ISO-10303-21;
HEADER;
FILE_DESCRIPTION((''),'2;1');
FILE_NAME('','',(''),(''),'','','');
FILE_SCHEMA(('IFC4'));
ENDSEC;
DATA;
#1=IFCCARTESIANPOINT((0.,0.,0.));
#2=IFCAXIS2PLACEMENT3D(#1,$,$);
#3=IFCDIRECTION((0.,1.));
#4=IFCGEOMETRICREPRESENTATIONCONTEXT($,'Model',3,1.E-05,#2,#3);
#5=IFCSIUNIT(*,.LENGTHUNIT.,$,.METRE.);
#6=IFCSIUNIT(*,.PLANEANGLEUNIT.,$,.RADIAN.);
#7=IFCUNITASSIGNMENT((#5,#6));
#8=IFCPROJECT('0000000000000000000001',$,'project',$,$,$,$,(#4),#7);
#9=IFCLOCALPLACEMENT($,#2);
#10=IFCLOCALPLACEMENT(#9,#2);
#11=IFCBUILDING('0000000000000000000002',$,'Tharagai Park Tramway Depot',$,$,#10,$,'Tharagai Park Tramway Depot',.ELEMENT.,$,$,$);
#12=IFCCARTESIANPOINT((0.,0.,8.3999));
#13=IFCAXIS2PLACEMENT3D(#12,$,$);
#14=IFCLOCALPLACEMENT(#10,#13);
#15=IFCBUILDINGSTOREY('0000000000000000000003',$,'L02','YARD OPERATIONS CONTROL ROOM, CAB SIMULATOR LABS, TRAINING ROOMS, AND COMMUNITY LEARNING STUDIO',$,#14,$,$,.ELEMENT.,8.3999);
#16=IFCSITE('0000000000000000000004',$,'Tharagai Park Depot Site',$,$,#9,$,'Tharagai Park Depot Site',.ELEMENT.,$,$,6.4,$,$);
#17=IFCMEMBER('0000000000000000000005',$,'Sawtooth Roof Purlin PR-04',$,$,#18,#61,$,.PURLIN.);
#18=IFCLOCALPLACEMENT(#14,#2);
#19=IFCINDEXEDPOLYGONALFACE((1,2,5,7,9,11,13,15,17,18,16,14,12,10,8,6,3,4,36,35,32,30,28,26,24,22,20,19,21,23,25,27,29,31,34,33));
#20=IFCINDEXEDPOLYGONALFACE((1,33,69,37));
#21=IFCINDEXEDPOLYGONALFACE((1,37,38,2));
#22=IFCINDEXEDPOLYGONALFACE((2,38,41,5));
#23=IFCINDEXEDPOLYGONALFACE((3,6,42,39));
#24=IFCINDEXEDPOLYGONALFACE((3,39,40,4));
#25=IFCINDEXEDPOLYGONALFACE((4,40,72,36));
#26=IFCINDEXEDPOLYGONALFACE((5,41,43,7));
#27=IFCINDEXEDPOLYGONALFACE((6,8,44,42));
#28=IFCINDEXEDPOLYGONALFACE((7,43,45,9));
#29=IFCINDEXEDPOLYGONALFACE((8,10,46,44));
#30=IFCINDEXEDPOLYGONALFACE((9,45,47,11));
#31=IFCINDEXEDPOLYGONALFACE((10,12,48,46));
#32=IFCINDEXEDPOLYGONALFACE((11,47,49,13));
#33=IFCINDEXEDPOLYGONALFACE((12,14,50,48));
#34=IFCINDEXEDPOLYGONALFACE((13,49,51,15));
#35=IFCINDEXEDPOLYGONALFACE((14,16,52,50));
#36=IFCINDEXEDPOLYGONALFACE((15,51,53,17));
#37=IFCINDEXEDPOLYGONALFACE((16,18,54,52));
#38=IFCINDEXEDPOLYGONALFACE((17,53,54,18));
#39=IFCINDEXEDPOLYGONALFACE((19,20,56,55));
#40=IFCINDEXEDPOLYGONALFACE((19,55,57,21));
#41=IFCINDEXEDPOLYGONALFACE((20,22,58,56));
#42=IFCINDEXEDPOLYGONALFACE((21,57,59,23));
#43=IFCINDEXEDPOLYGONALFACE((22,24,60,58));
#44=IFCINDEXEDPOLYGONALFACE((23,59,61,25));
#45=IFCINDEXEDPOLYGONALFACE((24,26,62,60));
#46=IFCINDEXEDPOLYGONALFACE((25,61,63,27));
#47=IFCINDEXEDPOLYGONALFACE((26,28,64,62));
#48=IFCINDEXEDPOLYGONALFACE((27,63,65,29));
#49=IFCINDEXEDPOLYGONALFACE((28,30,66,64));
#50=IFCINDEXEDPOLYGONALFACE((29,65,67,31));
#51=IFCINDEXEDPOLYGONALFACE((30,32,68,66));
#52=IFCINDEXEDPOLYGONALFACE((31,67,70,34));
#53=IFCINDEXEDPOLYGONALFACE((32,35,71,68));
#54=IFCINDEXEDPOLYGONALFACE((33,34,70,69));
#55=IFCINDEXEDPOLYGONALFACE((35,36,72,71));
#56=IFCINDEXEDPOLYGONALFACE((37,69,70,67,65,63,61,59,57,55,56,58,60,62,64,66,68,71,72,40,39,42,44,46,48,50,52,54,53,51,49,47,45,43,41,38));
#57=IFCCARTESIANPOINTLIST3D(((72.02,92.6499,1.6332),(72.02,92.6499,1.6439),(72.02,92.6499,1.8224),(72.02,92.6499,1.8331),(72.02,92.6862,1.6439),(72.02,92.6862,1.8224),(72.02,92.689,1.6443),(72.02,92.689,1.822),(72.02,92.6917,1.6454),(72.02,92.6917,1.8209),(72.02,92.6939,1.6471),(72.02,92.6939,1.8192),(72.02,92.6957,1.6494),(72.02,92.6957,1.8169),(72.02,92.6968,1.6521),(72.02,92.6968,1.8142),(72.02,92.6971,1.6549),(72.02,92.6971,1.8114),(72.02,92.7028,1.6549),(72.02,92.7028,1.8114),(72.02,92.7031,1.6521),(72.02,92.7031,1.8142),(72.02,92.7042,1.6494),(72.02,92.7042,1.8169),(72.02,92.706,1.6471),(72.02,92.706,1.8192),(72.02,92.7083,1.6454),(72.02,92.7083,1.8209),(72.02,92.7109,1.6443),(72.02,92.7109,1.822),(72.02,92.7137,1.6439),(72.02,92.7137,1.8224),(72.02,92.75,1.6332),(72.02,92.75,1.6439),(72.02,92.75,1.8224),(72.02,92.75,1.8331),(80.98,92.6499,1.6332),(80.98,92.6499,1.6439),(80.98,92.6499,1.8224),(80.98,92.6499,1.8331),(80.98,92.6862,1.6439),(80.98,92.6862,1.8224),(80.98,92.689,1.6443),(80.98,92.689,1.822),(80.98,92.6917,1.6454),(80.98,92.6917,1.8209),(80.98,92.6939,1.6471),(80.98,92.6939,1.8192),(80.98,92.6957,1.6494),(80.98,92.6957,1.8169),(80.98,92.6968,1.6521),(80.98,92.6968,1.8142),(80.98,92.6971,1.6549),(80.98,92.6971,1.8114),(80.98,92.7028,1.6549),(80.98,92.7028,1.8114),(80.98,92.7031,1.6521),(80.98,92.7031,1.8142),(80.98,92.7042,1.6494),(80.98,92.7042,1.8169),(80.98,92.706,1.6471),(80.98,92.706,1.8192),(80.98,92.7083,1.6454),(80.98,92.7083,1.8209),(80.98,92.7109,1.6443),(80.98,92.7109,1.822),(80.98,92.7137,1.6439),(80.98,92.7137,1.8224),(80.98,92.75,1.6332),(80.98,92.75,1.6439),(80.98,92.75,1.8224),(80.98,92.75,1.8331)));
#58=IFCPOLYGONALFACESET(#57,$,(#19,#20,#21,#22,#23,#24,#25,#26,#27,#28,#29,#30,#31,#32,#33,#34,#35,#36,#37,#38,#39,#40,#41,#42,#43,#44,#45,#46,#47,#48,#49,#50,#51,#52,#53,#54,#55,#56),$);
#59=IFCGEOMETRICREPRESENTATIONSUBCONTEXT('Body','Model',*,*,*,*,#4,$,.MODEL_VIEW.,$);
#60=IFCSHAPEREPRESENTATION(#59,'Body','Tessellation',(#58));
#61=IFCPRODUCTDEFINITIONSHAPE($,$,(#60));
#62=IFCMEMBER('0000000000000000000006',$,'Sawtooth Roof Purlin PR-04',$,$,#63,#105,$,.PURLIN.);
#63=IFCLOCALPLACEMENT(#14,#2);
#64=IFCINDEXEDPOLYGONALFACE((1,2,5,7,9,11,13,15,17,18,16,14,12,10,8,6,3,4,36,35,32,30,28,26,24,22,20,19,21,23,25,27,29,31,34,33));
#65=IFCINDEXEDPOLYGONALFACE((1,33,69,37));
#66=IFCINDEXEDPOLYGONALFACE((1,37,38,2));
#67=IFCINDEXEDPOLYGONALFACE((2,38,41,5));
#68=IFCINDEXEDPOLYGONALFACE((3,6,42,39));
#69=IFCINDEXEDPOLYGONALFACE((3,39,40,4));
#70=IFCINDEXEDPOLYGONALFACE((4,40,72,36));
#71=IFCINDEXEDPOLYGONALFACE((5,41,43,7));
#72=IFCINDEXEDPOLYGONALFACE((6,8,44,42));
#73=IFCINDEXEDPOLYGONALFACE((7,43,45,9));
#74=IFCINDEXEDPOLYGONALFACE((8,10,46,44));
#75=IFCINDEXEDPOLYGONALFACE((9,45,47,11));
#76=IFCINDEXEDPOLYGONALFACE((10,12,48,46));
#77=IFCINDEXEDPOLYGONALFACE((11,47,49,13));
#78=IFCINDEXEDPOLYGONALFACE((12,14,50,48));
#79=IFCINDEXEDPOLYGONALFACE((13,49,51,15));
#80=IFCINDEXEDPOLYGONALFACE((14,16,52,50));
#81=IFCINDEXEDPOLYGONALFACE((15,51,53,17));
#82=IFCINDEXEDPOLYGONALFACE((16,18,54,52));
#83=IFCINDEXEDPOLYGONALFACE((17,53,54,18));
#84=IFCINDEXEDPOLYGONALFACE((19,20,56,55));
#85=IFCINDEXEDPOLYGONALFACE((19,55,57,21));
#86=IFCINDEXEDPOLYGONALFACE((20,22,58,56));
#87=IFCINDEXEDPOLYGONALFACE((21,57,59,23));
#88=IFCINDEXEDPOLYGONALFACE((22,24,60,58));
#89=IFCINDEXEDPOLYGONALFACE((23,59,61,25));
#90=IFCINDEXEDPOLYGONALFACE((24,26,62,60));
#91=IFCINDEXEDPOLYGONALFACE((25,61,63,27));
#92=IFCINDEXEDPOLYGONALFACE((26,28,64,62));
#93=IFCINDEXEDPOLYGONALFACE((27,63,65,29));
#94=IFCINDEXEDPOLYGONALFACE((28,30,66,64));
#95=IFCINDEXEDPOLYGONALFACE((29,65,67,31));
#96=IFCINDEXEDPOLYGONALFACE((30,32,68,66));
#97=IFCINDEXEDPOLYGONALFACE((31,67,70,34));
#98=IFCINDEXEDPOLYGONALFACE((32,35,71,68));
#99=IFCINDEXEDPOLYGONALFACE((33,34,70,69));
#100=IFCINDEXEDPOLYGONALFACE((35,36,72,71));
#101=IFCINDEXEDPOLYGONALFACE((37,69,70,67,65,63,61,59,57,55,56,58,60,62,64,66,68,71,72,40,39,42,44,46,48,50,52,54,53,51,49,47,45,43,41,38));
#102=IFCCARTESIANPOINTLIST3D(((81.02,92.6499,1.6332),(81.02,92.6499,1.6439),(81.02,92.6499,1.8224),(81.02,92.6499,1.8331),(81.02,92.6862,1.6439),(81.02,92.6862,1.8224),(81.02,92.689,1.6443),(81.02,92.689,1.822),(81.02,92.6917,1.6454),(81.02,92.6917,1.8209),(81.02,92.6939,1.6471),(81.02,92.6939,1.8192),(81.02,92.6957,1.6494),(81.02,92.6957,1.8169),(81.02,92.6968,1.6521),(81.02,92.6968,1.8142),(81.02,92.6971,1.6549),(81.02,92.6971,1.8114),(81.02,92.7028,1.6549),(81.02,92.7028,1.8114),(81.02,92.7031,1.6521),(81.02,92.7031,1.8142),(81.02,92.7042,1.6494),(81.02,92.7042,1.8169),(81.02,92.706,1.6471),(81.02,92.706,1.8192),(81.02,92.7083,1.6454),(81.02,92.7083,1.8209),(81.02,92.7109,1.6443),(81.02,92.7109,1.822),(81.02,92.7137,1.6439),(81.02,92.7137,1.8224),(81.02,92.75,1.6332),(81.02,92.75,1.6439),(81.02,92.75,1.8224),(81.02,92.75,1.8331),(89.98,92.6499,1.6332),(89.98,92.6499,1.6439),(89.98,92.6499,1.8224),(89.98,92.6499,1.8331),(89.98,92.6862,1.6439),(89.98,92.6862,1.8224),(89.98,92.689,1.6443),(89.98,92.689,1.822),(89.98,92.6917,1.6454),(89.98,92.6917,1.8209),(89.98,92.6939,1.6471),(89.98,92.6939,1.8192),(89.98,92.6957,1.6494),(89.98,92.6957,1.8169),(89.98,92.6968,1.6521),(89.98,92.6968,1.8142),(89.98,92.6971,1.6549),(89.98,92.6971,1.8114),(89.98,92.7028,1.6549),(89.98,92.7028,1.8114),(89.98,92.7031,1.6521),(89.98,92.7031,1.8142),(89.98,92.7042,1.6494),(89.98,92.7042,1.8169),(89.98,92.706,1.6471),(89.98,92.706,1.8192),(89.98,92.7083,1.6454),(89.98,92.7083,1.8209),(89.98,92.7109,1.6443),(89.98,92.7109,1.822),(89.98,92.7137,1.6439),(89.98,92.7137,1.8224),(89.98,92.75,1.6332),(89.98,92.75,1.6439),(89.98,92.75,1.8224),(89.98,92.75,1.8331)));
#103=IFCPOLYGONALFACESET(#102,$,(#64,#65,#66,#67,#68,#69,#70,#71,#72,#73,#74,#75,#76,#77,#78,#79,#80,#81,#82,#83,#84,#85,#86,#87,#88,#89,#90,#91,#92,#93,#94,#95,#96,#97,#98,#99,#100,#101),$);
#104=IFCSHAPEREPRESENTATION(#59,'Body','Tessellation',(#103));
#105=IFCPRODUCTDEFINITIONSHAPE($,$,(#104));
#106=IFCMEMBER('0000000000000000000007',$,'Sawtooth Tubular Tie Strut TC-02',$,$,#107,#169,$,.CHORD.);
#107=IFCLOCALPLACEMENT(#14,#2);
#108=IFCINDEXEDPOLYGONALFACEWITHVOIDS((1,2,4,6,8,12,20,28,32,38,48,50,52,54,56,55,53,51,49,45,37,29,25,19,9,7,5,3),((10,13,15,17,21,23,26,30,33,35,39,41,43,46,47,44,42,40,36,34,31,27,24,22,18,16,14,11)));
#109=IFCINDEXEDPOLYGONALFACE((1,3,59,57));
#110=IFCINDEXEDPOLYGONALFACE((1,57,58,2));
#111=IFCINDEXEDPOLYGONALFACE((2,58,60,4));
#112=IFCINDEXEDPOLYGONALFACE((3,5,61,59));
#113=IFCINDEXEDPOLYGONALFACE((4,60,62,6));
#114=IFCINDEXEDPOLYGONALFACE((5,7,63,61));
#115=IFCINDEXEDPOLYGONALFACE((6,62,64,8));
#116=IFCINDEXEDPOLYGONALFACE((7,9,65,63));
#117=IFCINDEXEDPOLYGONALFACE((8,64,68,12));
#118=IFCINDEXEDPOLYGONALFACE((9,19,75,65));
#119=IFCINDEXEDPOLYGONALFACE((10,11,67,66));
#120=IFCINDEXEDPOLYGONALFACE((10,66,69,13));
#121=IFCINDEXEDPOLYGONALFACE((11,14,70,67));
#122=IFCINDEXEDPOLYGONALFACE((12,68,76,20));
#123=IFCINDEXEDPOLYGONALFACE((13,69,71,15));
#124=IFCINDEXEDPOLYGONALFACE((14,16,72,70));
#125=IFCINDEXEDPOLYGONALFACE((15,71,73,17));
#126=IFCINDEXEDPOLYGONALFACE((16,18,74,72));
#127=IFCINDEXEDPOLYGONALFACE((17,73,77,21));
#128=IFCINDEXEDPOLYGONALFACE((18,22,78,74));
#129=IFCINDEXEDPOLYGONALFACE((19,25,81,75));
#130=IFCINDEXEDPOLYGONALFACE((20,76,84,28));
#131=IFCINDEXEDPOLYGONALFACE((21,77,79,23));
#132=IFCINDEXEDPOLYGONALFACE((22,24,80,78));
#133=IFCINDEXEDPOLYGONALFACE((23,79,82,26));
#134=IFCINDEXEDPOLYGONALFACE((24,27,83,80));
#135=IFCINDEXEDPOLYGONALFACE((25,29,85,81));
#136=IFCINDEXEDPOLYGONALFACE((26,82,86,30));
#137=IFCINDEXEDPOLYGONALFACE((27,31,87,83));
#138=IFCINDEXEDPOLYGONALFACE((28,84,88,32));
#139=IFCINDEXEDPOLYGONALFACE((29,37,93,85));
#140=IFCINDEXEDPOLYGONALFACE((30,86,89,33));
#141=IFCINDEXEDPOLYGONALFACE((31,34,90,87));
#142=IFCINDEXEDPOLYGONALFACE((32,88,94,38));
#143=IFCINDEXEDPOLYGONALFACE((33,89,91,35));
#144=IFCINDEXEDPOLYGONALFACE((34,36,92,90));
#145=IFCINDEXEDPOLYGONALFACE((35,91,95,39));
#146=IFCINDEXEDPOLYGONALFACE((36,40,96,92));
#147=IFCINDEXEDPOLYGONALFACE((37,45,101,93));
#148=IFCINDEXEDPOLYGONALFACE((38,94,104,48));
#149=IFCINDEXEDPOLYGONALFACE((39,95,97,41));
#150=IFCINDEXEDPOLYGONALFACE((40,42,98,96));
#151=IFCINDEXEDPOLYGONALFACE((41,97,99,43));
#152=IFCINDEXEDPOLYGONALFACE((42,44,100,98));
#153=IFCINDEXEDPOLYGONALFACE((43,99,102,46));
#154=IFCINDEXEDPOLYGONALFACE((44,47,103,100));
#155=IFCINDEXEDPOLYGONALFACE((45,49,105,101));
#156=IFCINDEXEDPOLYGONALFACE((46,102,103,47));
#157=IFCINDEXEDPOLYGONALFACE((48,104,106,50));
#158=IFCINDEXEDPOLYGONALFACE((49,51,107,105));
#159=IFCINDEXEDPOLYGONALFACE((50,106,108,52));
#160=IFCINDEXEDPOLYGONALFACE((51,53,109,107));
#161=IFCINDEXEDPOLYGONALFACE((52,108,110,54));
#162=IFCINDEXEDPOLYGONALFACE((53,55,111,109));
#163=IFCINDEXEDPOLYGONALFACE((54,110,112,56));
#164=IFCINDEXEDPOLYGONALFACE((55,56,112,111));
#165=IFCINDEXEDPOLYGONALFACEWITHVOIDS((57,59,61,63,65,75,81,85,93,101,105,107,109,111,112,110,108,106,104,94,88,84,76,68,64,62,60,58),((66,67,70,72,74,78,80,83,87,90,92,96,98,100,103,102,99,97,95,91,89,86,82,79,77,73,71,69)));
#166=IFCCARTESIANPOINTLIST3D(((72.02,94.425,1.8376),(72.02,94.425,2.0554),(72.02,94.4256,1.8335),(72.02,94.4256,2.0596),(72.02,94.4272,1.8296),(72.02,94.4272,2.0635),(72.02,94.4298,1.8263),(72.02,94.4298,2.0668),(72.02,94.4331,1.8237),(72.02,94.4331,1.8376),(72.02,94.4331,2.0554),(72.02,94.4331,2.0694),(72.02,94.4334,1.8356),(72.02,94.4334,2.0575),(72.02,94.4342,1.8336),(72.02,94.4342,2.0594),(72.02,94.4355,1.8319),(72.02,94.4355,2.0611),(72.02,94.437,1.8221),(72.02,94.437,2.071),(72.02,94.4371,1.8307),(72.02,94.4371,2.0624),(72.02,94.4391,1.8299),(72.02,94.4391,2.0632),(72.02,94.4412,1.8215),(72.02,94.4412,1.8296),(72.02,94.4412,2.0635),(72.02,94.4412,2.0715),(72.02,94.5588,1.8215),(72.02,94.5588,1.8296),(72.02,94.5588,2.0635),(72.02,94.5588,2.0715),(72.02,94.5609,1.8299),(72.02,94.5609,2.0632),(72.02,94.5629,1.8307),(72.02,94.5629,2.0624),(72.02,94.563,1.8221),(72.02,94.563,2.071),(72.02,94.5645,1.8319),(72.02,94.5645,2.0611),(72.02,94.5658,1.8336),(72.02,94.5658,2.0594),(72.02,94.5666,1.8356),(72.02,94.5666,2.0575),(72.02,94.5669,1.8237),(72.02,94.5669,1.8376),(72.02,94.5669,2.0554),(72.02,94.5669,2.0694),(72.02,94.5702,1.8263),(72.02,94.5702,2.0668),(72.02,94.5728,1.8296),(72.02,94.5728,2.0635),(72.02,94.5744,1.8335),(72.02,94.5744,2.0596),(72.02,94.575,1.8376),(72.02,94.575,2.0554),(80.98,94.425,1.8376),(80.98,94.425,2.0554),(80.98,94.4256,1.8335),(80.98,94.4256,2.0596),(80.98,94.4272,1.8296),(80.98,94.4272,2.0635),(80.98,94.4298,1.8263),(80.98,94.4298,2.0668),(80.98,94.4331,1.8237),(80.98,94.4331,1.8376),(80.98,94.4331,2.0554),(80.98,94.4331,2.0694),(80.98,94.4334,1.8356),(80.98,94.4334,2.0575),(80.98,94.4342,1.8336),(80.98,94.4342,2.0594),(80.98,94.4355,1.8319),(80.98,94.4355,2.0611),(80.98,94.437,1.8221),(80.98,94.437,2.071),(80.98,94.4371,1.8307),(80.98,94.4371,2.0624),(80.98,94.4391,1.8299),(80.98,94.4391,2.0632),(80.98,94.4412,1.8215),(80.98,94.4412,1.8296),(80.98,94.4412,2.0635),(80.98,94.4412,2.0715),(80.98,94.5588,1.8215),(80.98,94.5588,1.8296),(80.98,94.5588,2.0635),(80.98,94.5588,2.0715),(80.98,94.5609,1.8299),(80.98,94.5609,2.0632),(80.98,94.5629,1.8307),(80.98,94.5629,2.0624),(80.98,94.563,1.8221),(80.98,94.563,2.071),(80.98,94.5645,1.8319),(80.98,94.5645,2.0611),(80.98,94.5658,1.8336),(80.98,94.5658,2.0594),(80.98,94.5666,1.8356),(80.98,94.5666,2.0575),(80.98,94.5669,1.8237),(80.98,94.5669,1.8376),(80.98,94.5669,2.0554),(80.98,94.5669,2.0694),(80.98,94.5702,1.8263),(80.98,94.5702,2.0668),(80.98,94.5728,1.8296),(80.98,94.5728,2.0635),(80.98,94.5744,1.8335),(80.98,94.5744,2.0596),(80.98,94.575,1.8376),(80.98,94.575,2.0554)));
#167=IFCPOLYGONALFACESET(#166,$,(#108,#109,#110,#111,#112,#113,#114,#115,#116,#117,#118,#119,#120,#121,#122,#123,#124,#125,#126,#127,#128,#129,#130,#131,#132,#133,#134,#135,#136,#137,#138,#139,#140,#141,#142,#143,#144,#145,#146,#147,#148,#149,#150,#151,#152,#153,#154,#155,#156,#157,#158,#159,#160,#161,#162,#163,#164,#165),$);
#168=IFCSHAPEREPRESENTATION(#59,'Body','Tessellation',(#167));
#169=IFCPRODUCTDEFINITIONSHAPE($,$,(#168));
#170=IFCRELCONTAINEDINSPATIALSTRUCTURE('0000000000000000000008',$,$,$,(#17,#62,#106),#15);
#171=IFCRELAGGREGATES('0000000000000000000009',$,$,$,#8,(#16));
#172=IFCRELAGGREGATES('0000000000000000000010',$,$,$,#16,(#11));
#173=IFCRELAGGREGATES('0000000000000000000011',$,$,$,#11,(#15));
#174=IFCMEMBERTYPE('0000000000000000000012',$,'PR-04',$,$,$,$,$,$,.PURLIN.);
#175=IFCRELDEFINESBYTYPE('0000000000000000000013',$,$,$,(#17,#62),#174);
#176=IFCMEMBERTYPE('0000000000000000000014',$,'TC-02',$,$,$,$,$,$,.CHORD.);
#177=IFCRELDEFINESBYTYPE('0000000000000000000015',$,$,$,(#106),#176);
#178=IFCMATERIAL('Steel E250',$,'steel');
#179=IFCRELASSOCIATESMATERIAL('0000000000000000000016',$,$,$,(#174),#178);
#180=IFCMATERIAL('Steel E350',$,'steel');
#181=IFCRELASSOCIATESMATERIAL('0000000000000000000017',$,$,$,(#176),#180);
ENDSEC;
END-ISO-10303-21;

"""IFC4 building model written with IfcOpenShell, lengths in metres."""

from ifc_helpers import new_model, si_unit, direction, frame, origin, origin_2d, place, context, subcontext, project, spatial, hollow_rectangle, i_section, extrude, material, material_profile, profile_set, type_object, element, save


model = new_model("IFC4")

# Units and contexts
model_context = context("Model", 3, precision=1e-05, world=origin(), true_north=direction((0.0, 1.0)))
body_context = subcontext(model_context, "Body", "Model", "MODEL_VIEW")
ifc_project = project(units=[si_unit("LENGTHUNIT", "METRE"), si_unit("PLANEANGLEUNIT", "RADIAN")], contexts=[model_context])

# Site, building, storey
site_placement = place(None, origin())
site = spatial("IfcSite", under=ifc_project, at=site_placement, Name="Tharagai Park Depot Site", LongName="Tharagai Park Depot Site", CompositionType="ELEMENT", RefElevation=6.4)
building_placement = place(site_placement, origin())
building = spatial("IfcBuilding", under=site, at=building_placement, Name="Tharagai Park Tramway Depot", LongName="Tharagai Park Tramway Depot", CompositionType="ELEMENT")
storey_placement = place(building_placement, frame((0.0, 0.0, 8.3999)))
storey = spatial("IfcBuildingStorey", under=building, at=storey_placement, Name="L02", Description="YARD OPERATIONS CONTROL ROOM, CAB SIMULATOR LABS, TRAINING ROOMS, AND COMMUNITY LEARNING STUDIO", CompositionType="ELEMENT", Elevation=8.3999)

# Shared definitions
ifc_material_1 = material(Name="Steel E350", Category="steel")

# Members
ifc_material_2 = material(Name="Steel E250", Category="steel")
ifc_material_profile_1 = material_profile(ifc_material_2, i_section(OverallWidth=0.1001, OverallDepth=0.2, WebThickness=0.0056, FlangeThickness=0.0107, FilletRadius=0.011, at=origin_2d()), Name="ISMB 200")
ifc_profile_set_1 = profile_set([ifc_material_profile_1], Name="Steel E250")
member_type_1 = type_object("IfcMemberType", Name="PR-04", PredefinedType="PURLIN", material=ifc_profile_set_1)
for number, where, z_axis, x_axis, name in (
    (1, (72.02, 92.7, 1.7332), (1.0, 0.0, 0.0), (0.0, 1.0, 0.0), "Sawtooth Roof Purlin PR-04"),
    (2, (81.02, 92.7, 1.7332), (1.0, 0.0, 0.0), (0.0, 1.0, 0.0), "Sawtooth Roof Purlin PR-04"),
):
    element("IfcMember", number, at=place(storey_placement, frame(where, z_axis=z_axis, x_axis=x_axis)), inside=storey, type_object=member_type_1, Name=name, PredefinedType="PURLIN", context=body_context, shape_type="SweptSolid", body=[
        extrude(i_section(OverallWidth=0.1001, OverallDepth=0.2, WebThickness=0.0056, FlangeThickness=0.0107, FilletRadius=0.011, at=origin_2d()), origin(), (0.0, 0.0, 1.0), 8.96),
    ])
ifc_material_profile_2 = material_profile(ifc_material_1, hollow_rectangle(XDim=0.1499, YDim=0.25, WallThickness=0.0081, InnerFilletRadius=0.0081, OuterFilletRadius=0.0161, at=origin_2d()), Name="RHS 250x150x8")
ifc_profile_set_2 = profile_set([ifc_material_profile_2], Name="Steel E350")
member_type_2 = type_object("IfcMemberType", Name="TC-02", PredefinedType="CHORD", material=ifc_profile_set_2)
for number, where, z_axis, x_axis, name in (
    (3, (72.02, 94.5, 1.9465), (1.0, 0.0, 0.0), (0.0, 1.0, 0.0), "Sawtooth Tubular Tie Strut TC-02"),
):
    element("IfcMember", number, at=place(storey_placement, frame(where, z_axis=z_axis, x_axis=x_axis)), inside=storey, type_object=member_type_2, Name=name, PredefinedType="CHORD", context=body_context, shape_type="SweptSolid", body=[
        extrude(hollow_rectangle(XDim=0.1499, YDim=0.25, WallThickness=0.0081, InnerFilletRadius=0.0081, OuterFilletRadius=0.0161, at=origin_2d()), origin(), (0.0, 0.0, 1.0), 8.96),
    ])

save(model, "model.ifc")
